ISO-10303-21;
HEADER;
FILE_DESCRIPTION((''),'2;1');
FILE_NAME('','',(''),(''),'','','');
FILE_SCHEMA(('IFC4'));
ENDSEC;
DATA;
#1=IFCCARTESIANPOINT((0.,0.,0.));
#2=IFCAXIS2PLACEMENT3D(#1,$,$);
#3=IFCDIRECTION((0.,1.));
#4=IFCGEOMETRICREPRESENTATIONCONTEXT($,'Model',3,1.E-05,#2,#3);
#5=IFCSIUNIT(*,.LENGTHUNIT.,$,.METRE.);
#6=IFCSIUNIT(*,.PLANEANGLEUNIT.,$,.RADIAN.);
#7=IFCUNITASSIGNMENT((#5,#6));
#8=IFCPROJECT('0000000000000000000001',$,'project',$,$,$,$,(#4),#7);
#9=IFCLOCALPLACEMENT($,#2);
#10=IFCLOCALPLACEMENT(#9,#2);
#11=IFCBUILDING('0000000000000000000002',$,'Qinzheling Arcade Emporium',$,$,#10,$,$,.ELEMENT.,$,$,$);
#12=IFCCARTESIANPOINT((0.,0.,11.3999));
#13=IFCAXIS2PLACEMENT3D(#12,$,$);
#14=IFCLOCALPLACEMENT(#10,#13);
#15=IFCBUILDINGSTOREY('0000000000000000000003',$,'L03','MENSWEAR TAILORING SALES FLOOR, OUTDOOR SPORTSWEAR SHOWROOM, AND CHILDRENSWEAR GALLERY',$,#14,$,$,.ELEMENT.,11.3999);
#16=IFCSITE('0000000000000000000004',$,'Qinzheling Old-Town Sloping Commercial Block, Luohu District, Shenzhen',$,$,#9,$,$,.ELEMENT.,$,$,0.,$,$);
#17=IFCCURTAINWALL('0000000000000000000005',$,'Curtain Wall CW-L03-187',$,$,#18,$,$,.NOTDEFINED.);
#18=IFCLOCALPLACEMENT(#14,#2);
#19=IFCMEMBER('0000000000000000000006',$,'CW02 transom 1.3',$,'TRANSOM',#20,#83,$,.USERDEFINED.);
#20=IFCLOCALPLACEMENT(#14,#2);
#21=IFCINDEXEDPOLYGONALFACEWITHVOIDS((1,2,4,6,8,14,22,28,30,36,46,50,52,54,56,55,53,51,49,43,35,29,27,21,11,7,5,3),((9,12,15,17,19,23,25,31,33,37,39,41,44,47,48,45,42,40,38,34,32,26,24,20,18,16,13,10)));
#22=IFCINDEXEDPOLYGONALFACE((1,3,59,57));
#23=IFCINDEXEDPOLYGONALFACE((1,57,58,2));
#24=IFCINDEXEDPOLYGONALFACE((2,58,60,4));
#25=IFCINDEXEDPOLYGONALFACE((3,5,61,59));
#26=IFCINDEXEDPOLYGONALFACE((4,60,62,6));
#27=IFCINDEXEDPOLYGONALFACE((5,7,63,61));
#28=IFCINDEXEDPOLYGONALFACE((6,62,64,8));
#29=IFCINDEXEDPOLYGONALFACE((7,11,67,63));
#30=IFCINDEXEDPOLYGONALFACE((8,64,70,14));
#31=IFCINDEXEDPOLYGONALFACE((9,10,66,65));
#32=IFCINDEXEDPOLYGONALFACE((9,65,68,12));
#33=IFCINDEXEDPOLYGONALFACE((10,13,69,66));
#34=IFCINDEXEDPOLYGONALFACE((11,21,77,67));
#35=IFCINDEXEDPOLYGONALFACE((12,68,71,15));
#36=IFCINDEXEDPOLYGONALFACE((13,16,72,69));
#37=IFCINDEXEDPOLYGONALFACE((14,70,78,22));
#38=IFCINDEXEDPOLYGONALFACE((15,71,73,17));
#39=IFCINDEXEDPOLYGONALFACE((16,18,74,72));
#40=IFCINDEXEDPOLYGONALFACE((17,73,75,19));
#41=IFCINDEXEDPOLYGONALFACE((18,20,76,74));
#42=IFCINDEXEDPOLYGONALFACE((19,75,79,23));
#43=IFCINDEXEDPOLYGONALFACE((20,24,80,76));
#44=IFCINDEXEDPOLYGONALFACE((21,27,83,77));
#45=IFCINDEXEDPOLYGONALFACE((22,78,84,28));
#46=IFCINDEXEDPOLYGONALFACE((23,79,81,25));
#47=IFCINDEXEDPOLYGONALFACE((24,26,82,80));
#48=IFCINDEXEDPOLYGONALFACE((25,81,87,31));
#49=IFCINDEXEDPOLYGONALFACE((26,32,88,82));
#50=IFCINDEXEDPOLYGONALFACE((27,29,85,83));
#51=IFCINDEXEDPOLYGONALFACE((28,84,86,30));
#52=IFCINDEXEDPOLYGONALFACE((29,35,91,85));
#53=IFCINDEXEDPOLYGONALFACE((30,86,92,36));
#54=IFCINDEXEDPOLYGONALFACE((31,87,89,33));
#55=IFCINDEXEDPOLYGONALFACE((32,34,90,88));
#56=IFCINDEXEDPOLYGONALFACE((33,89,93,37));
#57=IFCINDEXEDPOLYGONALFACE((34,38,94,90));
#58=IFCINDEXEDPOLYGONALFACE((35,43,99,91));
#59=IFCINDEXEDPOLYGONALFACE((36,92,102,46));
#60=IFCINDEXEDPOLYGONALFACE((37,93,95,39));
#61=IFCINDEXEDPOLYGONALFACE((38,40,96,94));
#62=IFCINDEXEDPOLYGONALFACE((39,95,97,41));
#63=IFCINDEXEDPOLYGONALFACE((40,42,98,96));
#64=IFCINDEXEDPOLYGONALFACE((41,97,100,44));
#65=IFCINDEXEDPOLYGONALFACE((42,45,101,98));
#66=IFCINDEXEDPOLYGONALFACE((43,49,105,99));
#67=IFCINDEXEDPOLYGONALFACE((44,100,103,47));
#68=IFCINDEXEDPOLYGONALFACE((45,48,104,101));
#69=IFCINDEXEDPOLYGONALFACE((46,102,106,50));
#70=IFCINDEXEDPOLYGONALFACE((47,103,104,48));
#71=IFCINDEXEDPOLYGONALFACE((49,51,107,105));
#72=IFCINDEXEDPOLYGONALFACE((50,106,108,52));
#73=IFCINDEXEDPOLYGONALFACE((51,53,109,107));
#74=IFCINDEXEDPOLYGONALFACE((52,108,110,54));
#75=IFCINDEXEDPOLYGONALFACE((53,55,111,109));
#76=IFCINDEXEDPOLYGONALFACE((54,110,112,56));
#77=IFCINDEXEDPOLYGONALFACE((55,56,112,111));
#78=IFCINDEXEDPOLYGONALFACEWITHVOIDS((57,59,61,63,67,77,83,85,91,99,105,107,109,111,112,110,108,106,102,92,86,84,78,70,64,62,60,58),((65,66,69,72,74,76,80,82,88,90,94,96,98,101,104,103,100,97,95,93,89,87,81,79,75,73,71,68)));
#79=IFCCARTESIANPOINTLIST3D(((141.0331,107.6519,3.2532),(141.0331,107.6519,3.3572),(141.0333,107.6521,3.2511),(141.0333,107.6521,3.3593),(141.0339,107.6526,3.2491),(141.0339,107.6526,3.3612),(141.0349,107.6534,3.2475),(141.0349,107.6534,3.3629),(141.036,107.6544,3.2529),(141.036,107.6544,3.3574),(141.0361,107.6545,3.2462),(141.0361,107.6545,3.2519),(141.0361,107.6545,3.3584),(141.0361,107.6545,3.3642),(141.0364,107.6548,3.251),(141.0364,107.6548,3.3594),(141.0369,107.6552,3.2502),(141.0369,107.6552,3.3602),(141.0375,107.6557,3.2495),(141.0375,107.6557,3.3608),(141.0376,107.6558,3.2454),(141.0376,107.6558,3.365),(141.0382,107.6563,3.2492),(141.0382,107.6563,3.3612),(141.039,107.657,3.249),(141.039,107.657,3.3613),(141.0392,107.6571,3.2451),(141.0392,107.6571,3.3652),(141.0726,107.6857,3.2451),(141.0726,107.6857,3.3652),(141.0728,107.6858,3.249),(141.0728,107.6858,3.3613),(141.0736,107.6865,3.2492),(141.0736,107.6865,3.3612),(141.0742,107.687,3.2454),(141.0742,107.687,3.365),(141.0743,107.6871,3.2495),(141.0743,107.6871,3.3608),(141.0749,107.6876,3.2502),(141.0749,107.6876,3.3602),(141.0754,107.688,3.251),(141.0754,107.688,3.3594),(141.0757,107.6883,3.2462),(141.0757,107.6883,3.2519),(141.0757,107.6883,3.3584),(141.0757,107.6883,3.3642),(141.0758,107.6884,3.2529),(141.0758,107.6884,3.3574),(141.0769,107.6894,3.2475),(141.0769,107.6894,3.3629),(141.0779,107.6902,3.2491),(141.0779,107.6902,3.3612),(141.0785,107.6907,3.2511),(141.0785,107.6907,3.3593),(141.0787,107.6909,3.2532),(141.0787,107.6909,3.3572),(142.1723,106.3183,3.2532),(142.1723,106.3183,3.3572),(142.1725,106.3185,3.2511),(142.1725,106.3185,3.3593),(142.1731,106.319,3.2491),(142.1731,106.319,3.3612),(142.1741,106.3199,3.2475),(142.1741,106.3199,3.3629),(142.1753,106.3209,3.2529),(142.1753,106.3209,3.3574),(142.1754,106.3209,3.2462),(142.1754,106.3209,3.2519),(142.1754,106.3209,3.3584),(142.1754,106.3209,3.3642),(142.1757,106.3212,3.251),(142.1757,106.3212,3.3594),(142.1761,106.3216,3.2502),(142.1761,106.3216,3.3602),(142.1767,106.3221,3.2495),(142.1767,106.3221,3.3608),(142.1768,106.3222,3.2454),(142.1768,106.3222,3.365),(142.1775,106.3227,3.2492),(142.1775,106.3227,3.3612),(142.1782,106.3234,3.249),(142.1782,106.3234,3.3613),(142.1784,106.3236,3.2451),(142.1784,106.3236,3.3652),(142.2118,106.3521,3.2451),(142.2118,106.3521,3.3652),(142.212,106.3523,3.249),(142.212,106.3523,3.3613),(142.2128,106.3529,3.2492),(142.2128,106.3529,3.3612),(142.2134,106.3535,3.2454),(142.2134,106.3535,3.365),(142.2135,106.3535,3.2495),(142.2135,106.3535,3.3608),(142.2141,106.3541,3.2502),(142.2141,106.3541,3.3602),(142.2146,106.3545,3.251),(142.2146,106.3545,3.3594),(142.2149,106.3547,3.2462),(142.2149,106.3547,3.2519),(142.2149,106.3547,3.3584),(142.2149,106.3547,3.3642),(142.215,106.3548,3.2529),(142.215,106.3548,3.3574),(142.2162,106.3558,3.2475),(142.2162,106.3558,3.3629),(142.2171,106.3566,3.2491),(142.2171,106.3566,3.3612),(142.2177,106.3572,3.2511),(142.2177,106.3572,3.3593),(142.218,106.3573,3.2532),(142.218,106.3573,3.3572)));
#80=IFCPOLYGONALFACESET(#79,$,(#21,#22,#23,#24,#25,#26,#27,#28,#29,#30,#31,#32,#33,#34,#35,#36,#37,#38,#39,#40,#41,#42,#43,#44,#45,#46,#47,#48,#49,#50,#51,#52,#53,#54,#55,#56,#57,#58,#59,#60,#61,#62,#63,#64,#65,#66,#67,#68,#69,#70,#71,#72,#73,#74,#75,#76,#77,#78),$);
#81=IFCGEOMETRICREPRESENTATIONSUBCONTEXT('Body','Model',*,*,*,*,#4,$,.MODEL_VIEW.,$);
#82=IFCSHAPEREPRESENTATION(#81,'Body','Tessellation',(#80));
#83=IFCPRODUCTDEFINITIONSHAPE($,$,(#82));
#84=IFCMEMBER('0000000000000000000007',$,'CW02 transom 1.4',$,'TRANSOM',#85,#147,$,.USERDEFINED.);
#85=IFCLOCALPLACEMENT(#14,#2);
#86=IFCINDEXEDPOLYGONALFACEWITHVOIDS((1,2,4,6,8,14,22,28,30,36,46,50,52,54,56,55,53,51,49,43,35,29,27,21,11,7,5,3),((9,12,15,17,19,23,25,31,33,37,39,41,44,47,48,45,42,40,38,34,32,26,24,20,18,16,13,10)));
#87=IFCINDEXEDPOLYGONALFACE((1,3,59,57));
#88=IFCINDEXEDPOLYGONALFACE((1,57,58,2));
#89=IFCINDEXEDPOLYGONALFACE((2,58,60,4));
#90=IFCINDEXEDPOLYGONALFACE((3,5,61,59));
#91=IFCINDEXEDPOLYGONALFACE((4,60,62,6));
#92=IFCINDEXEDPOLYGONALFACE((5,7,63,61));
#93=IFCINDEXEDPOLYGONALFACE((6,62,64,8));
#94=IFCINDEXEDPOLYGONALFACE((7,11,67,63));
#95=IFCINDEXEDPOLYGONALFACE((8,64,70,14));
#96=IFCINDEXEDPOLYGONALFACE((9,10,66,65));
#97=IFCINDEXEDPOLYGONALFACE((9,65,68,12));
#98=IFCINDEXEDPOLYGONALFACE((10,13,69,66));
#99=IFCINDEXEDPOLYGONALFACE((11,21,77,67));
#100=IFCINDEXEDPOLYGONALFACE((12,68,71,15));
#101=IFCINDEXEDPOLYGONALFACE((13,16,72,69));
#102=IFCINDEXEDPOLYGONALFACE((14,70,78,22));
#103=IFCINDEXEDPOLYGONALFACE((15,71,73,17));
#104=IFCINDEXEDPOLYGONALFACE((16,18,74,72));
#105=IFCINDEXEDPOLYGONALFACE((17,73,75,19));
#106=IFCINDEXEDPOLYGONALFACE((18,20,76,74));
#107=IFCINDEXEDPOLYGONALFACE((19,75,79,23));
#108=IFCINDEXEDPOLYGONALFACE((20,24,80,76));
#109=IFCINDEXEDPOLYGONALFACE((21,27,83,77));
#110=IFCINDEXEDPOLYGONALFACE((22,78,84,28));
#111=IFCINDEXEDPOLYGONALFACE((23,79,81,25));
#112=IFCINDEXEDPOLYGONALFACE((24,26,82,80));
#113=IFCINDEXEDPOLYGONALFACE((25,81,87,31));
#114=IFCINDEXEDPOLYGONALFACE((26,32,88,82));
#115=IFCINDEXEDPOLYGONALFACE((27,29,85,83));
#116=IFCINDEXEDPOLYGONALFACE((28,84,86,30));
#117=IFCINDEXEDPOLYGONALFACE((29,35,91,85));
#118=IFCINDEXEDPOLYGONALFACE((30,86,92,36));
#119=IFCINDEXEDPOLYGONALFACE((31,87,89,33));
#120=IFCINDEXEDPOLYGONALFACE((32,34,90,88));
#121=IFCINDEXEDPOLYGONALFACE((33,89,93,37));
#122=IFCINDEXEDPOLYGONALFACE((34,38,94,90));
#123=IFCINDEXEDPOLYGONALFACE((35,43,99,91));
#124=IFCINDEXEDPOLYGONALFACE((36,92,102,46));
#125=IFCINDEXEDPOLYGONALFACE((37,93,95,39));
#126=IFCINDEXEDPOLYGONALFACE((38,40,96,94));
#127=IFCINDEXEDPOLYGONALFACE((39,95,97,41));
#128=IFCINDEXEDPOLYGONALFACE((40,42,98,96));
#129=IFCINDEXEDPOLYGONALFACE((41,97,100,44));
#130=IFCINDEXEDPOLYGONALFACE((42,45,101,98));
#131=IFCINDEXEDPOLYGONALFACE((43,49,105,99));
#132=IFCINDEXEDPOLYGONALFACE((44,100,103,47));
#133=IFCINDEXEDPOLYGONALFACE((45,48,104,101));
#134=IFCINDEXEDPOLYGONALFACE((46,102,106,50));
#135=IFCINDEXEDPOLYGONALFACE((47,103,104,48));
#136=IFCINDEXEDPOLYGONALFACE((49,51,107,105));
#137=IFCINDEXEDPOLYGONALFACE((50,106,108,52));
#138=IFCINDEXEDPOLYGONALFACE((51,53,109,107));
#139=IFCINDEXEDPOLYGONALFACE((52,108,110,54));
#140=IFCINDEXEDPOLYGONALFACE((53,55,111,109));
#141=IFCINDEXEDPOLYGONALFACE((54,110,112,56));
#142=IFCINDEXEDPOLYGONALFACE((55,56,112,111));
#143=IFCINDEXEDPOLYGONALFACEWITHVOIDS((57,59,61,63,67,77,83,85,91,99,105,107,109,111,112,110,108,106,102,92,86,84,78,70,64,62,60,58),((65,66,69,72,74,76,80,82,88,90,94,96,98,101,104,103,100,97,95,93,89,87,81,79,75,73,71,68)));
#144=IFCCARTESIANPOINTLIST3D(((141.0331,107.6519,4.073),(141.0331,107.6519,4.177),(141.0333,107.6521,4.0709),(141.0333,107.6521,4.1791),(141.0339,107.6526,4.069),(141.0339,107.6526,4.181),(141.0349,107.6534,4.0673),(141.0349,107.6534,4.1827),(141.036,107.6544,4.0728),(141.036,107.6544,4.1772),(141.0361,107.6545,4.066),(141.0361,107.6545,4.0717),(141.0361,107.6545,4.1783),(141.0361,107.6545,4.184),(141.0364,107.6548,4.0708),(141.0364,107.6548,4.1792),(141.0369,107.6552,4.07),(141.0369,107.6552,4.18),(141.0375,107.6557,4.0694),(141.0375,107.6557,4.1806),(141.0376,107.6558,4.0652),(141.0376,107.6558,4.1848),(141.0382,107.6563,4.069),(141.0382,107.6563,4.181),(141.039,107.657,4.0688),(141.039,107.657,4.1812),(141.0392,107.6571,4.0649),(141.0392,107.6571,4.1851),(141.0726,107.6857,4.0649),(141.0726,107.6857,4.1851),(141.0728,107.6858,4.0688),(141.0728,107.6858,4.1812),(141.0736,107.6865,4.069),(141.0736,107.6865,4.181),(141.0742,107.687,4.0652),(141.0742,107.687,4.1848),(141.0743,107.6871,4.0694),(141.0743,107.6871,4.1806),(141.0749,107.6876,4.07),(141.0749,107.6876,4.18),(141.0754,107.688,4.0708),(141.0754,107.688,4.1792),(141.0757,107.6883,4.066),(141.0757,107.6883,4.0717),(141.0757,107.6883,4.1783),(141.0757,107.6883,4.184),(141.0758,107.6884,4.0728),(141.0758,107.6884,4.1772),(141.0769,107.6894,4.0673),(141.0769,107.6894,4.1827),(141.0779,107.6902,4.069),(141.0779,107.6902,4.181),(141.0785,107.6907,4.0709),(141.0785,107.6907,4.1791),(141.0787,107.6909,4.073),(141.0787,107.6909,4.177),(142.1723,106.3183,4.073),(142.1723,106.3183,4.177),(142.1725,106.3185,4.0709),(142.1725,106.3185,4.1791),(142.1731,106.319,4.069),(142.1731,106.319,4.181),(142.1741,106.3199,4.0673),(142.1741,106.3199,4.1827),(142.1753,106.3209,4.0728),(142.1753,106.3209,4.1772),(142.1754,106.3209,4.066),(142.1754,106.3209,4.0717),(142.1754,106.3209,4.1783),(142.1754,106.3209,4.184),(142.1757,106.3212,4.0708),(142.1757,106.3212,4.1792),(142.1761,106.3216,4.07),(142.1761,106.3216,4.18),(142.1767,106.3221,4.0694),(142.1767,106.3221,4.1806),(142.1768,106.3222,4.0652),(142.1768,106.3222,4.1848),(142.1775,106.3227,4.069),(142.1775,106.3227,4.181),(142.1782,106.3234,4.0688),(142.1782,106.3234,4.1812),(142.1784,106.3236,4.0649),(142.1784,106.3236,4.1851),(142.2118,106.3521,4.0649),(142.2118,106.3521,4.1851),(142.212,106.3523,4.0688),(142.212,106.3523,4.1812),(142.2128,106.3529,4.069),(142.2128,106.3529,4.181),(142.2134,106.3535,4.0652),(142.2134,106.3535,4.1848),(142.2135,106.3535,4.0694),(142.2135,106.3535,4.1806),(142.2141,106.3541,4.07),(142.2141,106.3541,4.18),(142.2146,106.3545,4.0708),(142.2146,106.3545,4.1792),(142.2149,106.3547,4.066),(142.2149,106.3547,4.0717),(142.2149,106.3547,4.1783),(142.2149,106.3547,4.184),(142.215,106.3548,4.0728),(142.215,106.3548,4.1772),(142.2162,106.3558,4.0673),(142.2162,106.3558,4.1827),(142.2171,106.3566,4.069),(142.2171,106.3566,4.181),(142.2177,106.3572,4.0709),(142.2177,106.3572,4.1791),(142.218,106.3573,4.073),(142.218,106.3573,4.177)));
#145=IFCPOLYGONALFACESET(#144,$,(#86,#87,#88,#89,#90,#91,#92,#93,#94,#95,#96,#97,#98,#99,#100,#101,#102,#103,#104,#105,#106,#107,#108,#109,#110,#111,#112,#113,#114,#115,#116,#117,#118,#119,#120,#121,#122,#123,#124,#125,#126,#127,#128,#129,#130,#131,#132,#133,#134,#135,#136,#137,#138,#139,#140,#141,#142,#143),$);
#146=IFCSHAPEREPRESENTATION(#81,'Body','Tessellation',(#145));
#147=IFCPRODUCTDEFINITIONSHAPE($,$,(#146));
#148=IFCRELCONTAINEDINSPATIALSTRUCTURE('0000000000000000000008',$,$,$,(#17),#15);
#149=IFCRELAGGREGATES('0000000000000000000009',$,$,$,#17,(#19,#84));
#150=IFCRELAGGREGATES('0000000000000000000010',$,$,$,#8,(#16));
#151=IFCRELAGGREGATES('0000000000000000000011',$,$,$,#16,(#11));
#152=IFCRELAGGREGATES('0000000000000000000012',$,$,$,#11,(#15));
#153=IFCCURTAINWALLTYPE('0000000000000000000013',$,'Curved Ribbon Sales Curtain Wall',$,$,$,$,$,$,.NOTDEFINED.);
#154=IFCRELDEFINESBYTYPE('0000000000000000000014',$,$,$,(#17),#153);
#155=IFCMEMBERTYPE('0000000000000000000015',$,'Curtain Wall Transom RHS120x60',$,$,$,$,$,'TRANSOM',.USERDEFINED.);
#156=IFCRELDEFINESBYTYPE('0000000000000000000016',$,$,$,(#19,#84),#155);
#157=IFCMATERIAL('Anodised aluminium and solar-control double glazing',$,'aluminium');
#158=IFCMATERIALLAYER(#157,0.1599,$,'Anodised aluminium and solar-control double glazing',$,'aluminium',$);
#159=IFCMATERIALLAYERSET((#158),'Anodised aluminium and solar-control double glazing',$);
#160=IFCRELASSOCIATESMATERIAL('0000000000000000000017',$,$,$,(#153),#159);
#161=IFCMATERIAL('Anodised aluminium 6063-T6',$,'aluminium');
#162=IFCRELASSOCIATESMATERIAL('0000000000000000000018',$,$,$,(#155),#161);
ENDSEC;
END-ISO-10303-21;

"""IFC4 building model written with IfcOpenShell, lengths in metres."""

from ifc_helpers import new_model, si_unit, direction, frame, origin, origin_2d, place, context, subcontext, project, spatial, hollow_rectangle, extrude, material, layer, layer_set, material_profile, profile_set, type_object, element, aggregate, save


model = new_model("IFC4")

# Units and contexts
model_context = context("Model", 3, precision=1e-05, world=origin(), true_north=direction((0.0, 1.0)))
body_context = subcontext(model_context, "Body", "Model", "MODEL_VIEW")
ifc_project = project(units=[si_unit("LENGTHUNIT", "METRE"), si_unit("PLANEANGLEUNIT", "RADIAN")], contexts=[model_context])

# Site, building, storey
site_placement = place(None, origin())
site = spatial("IfcSite", under=ifc_project, at=site_placement, Name="Qinzheling Old-Town Sloping Commercial Block, Luohu District, Shenzhen", CompositionType="ELEMENT", RefElevation=0.0)
building_placement = place(site_placement, origin())
building = spatial("IfcBuilding", under=site, at=building_placement, Name="Qinzheling Arcade Emporium", CompositionType="ELEMENT")
storey_placement = place(building_placement, frame((0.0, 0.0, 11.3999)))
storey = spatial("IfcBuildingStorey", under=building, at=storey_placement, Name="L03", Description="MENSWEAR TAILORING SALES FLOOR, OUTDOOR SPORTSWEAR SHOWROOM, AND CHILDRENSWEAR GALLERY", CompositionType="ELEMENT", Elevation=11.3999)

# Curtain wall
ifc_material_1 = material(Name="Anodised aluminium and solar-control double glazing", Category="aluminium")
ifc_layer_1 = layer(ifc_material_1, 0.1599, Name="Anodised aluminium and solar-control double glazing", Category="aluminium")
ifc_layer_set_1 = layer_set([ifc_layer_1], Name="Anodised aluminium and solar-control double glazing")
curtain_wall_type = type_object("IfcCurtainWallType", Name="Curved Ribbon Sales Curtain Wall", PredefinedType="NOTDEFINED", material=ifc_layer_set_1)
ifc_material_2 = material(Name="Anodised aluminium 6063-T6", Category="aluminium")
curtain_wall_1_placement = place(storey_placement, origin())
curtain_wall_1 = element("IfcCurtainWall", 1, at=curtain_wall_1_placement, inside=storey, type_object=curtain_wall_type, Name="Curtain Wall CW-L03-187", PredefinedType="NOTDEFINED")

# Members
ifc_material_profile_1 = material_profile(ifc_material_2, hollow_rectangle(XDim=0.0601, YDim=0.1201, WallThickness=0.0039, InnerFilletRadius=0.0039, OuterFilletRadius=0.0081, at=origin_2d()), Name="RHS 120x60x4", Category="aluminium")
ifc_profile_set_1 = profile_set([ifc_material_profile_1], Name="Anodised aluminium 6063-T6")
member_type_1 = type_object("IfcMemberType", Name="Curtain Wall Transom RHS120x60", ElementType="TRANSOM", PredefinedType="USERDEFINED", material=ifc_profile_set_1)
member_1_placement = place(storey_placement, frame((141.0559, 107.6714, 3.3052), z_axis=(0.649529, -0.760336, 0.0), x_axis=(0.760336, 0.649529, 0.0)))
member_1 = element("IfcMember", 2, at=member_1_placement, type_object=member_type_1, Name="CW02 transom 1.3", ObjectType="TRANSOM", PredefinedType="USERDEFINED", context=body_context, shape_type="SweptSolid", body=[
    extrude(hollow_rectangle(XDim=0.0601, YDim=0.1201, WallThickness=0.0039, InnerFilletRadius=0.0039, OuterFilletRadius=0.0081, at=origin_2d()), origin(), (0.0, 0.0, 1.0), 1.7539),
])
member_2_placement = place(storey_placement, frame((141.0559, 107.6714, 4.125), z_axis=(0.649529, -0.760336, 0.0), x_axis=(0.760336, 0.649529, 0.0)))
member_2 = element("IfcMember", 3, at=member_2_placement, type_object=member_type_1, Name="CW02 transom 1.4", ObjectType="TRANSOM", PredefinedType="USERDEFINED", context=body_context, shape_type="SweptSolid", body=[
    extrude(hollow_rectangle(XDim=0.0601, YDim=0.1201, WallThickness=0.0039, InnerFilletRadius=0.0039, OuterFilletRadius=0.0081, at=origin_2d()), origin(), (0.0, 0.0, 1.0), 1.7539),
])

aggregate(curtain_wall_1, [member_1, member_2])

save(model, "model.ifc")
